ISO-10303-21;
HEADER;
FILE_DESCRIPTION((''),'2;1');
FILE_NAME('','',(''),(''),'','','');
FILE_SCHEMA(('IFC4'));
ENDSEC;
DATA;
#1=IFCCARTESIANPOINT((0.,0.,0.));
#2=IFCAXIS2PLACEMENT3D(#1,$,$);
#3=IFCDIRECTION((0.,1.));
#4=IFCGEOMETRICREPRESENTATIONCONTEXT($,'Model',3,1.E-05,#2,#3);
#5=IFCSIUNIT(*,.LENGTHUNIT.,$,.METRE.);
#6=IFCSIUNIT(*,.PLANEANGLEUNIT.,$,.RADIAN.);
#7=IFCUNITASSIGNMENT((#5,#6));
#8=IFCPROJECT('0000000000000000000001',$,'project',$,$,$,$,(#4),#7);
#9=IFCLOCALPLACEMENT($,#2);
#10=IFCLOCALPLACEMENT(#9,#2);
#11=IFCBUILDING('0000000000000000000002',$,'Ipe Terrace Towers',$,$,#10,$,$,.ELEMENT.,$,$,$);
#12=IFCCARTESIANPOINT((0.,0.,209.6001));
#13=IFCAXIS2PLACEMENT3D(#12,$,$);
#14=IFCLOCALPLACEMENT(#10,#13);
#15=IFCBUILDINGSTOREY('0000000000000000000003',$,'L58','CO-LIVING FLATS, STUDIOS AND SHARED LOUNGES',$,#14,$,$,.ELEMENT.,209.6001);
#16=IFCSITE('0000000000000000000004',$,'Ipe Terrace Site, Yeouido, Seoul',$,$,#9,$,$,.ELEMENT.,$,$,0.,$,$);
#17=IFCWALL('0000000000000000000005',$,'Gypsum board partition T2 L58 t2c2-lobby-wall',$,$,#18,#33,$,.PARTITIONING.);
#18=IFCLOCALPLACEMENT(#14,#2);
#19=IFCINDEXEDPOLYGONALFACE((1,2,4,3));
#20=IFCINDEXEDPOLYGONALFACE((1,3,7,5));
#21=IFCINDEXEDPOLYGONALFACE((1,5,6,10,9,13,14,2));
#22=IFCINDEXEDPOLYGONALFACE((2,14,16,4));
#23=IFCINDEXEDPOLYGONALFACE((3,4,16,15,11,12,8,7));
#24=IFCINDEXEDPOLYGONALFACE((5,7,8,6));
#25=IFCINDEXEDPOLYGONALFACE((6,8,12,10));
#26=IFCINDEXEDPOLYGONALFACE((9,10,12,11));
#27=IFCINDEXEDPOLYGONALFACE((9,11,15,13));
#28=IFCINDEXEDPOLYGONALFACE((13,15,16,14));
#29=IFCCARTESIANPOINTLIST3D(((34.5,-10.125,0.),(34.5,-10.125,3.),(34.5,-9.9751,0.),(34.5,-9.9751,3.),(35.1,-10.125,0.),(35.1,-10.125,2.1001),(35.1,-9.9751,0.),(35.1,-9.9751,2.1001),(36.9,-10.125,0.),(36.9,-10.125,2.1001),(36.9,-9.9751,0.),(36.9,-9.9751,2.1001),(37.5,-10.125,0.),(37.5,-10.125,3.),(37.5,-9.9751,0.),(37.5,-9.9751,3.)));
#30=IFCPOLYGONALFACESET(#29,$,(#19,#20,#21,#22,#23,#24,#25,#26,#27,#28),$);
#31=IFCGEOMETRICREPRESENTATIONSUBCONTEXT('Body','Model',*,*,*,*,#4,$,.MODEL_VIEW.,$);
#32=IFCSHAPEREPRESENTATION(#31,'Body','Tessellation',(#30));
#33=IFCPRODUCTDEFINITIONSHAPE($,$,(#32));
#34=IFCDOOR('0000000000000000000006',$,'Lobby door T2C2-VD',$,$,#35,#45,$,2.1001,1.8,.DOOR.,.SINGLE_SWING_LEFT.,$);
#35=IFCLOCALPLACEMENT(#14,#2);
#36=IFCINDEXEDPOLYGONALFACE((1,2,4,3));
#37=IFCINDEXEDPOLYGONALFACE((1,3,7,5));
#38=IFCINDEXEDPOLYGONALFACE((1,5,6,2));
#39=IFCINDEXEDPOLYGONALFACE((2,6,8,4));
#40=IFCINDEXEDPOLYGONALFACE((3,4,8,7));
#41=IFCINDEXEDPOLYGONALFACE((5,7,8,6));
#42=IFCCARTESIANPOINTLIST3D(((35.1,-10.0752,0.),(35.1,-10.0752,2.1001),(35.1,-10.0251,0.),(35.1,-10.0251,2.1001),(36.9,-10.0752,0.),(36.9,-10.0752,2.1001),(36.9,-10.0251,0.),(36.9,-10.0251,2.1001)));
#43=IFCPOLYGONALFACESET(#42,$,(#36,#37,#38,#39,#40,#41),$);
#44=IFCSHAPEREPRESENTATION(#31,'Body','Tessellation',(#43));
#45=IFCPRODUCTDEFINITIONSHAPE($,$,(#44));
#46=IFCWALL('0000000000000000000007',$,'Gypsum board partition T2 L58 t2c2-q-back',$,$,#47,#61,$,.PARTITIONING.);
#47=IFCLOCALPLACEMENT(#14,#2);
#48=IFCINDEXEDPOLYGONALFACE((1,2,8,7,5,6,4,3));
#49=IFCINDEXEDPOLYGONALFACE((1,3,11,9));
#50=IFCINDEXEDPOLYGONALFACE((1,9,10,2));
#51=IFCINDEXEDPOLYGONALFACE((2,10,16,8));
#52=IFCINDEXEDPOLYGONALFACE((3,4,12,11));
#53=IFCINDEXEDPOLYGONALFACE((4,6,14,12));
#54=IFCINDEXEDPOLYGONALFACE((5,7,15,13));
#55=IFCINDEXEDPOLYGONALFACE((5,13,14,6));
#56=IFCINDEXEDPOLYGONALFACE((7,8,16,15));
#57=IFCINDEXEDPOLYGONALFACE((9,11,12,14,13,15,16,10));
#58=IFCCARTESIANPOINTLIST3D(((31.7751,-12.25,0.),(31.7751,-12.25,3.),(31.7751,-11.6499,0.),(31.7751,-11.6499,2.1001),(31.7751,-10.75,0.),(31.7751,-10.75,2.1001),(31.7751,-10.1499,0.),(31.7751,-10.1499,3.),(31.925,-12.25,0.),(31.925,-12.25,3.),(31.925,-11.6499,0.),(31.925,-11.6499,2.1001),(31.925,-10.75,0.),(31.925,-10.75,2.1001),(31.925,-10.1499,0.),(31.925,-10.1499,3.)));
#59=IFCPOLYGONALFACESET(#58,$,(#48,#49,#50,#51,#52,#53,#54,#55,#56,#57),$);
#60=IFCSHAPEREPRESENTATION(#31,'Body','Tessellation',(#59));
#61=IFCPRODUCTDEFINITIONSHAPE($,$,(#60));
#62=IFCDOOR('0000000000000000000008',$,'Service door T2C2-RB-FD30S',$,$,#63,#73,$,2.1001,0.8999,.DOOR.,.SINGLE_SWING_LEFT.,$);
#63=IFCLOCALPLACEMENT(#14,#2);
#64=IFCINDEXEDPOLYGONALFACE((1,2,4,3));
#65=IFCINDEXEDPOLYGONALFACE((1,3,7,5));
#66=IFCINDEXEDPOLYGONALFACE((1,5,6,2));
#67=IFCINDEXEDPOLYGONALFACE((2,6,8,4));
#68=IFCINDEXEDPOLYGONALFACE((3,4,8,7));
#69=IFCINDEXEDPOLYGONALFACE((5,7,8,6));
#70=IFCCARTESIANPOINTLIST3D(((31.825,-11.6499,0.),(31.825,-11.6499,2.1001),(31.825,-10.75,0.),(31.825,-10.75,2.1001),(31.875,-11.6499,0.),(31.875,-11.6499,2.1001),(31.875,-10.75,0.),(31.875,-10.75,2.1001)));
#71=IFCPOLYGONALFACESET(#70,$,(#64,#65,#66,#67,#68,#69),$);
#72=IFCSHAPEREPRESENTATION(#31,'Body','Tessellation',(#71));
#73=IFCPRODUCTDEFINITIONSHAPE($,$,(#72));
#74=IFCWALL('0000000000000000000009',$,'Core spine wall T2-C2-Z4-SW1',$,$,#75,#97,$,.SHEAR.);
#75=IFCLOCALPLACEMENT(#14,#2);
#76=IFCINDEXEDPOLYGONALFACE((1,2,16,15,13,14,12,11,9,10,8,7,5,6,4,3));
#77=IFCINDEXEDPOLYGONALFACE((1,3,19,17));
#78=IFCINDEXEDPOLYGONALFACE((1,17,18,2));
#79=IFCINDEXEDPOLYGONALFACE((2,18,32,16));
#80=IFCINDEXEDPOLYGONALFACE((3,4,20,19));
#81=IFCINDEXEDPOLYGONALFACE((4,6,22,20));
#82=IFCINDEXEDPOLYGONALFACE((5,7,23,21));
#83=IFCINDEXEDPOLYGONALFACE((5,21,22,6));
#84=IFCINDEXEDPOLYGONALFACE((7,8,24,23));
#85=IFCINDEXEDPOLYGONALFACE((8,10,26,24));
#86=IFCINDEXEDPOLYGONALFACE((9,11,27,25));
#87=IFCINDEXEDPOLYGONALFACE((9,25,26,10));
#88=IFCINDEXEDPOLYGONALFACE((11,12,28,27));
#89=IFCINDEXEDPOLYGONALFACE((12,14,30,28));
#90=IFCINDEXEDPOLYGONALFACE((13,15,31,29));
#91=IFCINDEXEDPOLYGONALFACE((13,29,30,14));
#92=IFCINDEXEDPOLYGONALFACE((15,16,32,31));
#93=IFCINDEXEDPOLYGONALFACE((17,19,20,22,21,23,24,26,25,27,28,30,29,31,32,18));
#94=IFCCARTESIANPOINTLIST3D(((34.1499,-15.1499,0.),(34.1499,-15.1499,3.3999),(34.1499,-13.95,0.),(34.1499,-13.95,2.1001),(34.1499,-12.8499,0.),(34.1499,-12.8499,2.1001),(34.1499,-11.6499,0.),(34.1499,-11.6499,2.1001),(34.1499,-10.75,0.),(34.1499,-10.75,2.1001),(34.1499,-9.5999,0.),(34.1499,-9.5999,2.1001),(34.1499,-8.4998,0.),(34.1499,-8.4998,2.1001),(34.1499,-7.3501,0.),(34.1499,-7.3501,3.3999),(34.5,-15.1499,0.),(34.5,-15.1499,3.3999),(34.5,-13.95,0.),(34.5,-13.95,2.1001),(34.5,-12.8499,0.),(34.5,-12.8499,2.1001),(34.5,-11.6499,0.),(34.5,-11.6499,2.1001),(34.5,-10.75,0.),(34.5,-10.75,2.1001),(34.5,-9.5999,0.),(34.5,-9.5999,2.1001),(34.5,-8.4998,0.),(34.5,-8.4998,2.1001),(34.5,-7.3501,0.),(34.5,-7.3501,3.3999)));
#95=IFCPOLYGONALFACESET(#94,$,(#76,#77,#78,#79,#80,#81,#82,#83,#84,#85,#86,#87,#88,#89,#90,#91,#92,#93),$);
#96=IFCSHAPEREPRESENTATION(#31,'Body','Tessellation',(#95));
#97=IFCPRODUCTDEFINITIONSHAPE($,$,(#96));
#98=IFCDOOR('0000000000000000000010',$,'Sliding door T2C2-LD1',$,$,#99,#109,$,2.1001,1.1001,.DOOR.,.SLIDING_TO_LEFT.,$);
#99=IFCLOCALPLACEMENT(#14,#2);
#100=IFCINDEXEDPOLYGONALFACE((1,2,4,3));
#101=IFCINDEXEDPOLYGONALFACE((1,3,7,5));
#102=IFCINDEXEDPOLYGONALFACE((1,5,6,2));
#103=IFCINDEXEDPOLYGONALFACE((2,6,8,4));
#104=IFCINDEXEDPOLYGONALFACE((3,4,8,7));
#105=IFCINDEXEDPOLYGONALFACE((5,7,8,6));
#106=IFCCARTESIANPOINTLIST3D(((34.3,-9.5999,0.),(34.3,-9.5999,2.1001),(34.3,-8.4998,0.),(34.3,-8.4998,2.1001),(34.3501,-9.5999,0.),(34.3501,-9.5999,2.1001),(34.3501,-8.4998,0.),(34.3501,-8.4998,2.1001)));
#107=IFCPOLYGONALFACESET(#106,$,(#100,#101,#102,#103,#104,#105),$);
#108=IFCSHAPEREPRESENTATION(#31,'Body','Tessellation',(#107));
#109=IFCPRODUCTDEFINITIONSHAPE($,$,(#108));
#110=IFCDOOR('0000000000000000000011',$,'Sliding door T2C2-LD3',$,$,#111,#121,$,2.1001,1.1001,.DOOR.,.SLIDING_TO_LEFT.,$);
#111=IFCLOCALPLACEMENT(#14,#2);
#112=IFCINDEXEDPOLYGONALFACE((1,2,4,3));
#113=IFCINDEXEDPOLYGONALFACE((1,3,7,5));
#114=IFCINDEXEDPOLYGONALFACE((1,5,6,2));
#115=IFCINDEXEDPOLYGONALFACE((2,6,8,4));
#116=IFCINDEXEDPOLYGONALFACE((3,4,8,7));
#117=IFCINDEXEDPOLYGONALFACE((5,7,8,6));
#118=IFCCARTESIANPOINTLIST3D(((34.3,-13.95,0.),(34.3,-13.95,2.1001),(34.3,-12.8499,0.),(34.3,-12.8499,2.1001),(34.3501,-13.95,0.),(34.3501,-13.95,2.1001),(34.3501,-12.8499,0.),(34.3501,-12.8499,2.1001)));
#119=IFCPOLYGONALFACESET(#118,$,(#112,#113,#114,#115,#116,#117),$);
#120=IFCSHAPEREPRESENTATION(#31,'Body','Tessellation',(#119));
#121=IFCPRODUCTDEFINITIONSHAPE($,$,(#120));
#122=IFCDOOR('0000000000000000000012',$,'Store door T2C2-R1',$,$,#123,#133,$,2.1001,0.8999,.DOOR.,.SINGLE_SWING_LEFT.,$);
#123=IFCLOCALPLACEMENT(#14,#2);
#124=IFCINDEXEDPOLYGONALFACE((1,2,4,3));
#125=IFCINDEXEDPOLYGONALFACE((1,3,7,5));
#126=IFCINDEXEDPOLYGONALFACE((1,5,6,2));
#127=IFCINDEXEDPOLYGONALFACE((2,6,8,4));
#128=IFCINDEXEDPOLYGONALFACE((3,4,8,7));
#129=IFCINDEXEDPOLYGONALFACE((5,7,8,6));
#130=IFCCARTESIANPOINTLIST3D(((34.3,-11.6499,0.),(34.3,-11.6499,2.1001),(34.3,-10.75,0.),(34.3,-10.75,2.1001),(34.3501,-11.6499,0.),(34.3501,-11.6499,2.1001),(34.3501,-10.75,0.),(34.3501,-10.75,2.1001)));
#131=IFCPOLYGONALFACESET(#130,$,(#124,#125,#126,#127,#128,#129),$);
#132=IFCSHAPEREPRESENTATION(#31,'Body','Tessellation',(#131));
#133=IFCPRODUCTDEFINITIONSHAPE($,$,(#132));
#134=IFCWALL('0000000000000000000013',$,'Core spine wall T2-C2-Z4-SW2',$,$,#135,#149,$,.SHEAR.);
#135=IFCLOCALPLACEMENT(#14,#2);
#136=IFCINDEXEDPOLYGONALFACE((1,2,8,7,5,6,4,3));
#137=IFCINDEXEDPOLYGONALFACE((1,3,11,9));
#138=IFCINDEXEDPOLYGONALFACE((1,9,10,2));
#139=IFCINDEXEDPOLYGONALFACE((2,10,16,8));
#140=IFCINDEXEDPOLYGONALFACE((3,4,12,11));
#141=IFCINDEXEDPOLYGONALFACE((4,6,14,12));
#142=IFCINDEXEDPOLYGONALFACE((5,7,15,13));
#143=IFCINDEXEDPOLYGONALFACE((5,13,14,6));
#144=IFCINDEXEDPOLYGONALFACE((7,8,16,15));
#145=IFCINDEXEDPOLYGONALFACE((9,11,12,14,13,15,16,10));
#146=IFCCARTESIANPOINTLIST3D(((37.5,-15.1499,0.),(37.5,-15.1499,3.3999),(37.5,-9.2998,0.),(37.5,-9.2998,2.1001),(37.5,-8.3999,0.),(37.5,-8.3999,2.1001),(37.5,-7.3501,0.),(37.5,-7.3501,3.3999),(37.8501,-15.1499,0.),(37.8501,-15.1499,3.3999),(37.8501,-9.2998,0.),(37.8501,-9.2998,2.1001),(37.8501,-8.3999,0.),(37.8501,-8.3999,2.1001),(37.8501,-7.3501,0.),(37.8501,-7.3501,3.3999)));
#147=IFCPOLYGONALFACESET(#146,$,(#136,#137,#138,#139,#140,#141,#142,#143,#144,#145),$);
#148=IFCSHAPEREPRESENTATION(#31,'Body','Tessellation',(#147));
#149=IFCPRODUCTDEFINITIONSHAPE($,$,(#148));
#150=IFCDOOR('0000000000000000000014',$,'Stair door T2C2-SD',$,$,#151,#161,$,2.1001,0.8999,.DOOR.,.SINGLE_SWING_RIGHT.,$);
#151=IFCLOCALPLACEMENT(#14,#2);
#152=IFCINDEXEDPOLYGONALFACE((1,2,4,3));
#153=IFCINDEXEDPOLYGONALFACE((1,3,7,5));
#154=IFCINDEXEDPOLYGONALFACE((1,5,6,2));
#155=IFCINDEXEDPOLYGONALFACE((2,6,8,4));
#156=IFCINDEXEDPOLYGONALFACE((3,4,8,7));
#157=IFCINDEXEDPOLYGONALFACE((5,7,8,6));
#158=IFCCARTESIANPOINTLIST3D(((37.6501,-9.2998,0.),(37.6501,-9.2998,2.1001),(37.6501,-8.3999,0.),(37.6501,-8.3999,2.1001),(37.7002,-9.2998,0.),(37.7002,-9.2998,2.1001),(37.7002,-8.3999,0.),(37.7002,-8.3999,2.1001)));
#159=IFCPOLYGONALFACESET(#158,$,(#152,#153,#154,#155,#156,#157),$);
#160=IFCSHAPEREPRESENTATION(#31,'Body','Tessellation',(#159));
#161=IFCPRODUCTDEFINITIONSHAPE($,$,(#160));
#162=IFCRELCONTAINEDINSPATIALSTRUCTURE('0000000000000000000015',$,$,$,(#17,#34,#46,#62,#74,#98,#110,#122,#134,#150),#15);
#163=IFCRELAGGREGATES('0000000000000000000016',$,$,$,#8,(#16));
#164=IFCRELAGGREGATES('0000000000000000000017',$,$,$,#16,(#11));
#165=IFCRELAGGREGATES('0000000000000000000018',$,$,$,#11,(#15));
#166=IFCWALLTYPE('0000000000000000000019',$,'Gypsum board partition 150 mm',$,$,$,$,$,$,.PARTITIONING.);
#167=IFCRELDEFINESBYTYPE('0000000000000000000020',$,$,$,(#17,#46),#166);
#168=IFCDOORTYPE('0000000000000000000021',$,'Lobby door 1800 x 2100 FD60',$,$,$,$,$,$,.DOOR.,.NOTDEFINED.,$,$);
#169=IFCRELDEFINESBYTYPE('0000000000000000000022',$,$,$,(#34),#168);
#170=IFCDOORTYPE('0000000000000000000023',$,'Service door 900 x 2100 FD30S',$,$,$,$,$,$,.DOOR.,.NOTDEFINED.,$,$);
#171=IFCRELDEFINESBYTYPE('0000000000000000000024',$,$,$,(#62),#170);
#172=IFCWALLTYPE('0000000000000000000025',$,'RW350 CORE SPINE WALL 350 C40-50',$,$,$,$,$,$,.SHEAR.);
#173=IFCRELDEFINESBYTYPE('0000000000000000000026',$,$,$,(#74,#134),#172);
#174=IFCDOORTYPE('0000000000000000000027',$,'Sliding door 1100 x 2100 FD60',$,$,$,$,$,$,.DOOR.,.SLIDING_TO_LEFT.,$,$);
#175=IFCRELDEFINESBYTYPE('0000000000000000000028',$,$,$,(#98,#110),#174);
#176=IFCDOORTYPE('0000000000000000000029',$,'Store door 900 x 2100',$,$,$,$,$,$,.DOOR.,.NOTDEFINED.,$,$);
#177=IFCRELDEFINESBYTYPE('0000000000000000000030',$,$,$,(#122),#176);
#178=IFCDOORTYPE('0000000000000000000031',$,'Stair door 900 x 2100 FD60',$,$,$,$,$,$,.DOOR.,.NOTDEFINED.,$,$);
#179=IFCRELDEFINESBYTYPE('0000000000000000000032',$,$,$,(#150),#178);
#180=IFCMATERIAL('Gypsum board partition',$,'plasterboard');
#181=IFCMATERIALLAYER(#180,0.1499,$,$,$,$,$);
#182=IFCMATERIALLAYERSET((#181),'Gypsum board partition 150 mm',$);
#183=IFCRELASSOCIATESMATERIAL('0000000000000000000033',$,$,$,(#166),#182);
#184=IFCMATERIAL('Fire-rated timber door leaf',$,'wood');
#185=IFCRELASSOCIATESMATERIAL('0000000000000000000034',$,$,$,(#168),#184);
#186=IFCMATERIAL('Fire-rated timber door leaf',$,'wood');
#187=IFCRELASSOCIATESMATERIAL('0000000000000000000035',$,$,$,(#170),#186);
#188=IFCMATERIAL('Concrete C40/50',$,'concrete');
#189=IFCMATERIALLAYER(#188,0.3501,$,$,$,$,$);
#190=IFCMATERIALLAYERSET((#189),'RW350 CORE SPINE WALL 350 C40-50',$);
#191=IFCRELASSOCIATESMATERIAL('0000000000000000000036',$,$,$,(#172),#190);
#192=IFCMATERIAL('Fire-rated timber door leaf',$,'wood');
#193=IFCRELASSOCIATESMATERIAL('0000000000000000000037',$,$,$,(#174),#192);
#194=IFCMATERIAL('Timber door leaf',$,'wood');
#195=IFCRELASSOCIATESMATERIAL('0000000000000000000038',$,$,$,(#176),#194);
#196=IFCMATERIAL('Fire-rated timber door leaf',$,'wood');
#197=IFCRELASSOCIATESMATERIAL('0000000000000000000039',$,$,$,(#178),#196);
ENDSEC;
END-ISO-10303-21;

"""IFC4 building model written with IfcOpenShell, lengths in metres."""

from ifc_helpers import new_model, si_unit, direction, frame, frame_2d, origin, place, context, subcontext, project, spatial, rectangle, extrude, material, layer, layer_set, type_object, element, fill, save


model = new_model("IFC4")

# Units and contexts
model_context = context("Model", 3, precision=1e-05, world=origin(), true_north=direction((0.0, 1.0)))
body_context = subcontext(model_context, "Body", "Model", "MODEL_VIEW")
ifc_project = project(units=[si_unit("LENGTHUNIT", "METRE"), si_unit("PLANEANGLEUNIT", "RADIAN")], contexts=[model_context])

# Site, building, storey
site_placement = place(None, origin())
site = spatial("IfcSite", under=ifc_project, at=site_placement, Name="Ipe Terrace Site, Yeouido, Seoul", CompositionType="ELEMENT", RefElevation=0.0)
building_placement = place(site_placement, origin())
building = spatial("IfcBuilding", under=site, at=building_placement, Name="Ipe Terrace Towers", CompositionType="ELEMENT")
storey_placement = place(building_placement, frame((0.0, 0.0, 209.6001)))
storey = spatial("IfcBuildingStorey", under=building, at=storey_placement, Name="L58", Description="CO-LIVING FLATS, STUDIOS AND SHARED LOUNGES", CompositionType="ELEMENT", Elevation=209.6001)

# Walls, openings, doors
ifc_material_1 = material(Name="Gypsum board partition", Category="plasterboard")
ifc_layer_1 = layer(ifc_material_1, 0.1499)
ifc_layer_set_1 = layer_set([ifc_layer_1], Name="Gypsum board partition 150 mm")
wall_type_1 = type_object("IfcWallType", Name="Gypsum board partition 150 mm", PredefinedType="PARTITIONING", material=ifc_layer_set_1)
wall_1_placement = place(storey_placement, frame((34.5, -10.05, 0.0), z_axis=(0.0, 0.0, 1.0), x_axis=(1.0, 0.0, 0.0)))
wall_1 = element("IfcWall", 1, at=wall_1_placement, inside=storey, type_object=wall_type_1, Name="Gypsum board partition T2 L58 t2c2-lobby-wall", PredefinedType="PARTITIONING", context=body_context, shape_type="SweptSolid", body=[
    extrude(rectangle(XDim=3.0, YDim=0.1499, at=frame_2d((1.5, 0.0))), origin(), (0.0, 0.0, 1.0), 3.0),
])
opening_1_placement = place(wall_1_placement, frame((0.6001, 0.0, 0.0)))
opening_1 = element("IfcOpeningElement", 2, at=opening_1_placement, cuts=wall_1, PredefinedType="OPENING", context=body_context, shape_type="SweptSolid", body=[
    extrude(rectangle(XDim=1.8, YDim=2.1001, at=frame_2d((0.8999, 1.05))), frame((0.0, 0.085, 0.0), z_axis=(0.0, -1.0, 0.0), x_axis=(1.0, 0.0, 0.0)), (0.0, 0.0, 1.0), 0.1699),
])
ifc_material_2 = material(Name="Fire-rated timber door leaf", Category="wood")
door_type_1 = type_object("IfcDoorType", Name="Lobby door 1800 x 2100 FD60", OperationType="NOTDEFINED", PredefinedType="DOOR", material=ifc_material_2)
door_1_placement = place(opening_1_placement, origin())
door_1 = element("IfcDoor", 3, at=door_1_placement, inside=storey, type_object=door_type_1, Name="Lobby door T2C2-VD", OperationType="SINGLE_SWING_LEFT", OverallHeight=2.1001, OverallWidth=1.8, PredefinedType="DOOR", context=body_context, shape_type="SweptSolid", body=[
    extrude(rectangle(XDim=1.8, YDim=2.1001, at=frame_2d((0.8999, 1.05))), frame((0.0, 0.0249, 0.0), z_axis=(0.0, -1.0, 0.0), x_axis=(1.0, 0.0, 0.0)), (0.0, 0.0, 1.0), 0.05),
])
fill(opening_1, door_1)
wall_2_placement = place(storey_placement, frame((31.8501, -10.1499, 0.0), z_axis=(0.0, 0.0, 1.0), x_axis=(0.0, -1.0, 0.0)))
wall_2 = element("IfcWall", 4, at=wall_2_placement, inside=storey, type_object=wall_type_1, Name="Gypsum board partition T2 L58 t2c2-q-back", PredefinedType="PARTITIONING", context=body_context, shape_type="SweptSolid", body=[
    extrude(rectangle(XDim=2.1001, YDim=0.1499, at=frame_2d((1.05, 0.0))), origin(), (0.0, 0.0, 1.0), 3.0),
])
opening_2_placement = place(wall_2_placement, frame((0.6001, 0.0, 0.0)))
opening_2 = element("IfcOpeningElement", 5, at=opening_2_placement, cuts=wall_2, PredefinedType="OPENING", context=body_context, shape_type="SweptSolid", body=[
    extrude(rectangle(XDim=0.8999, YDim=2.1001, at=frame_2d((0.45, 1.05))), frame((0.0, 0.085, 0.0), z_axis=(0.0, -1.0, 0.0), x_axis=(1.0, 0.0, 0.0)), (0.0, 0.0, 1.0), 0.1699),
])
ifc_material_3 = material(Name="Fire-rated timber door leaf", Category="wood")
door_type_2 = type_object("IfcDoorType", Name="Service door 900 x 2100 FD30S", OperationType="NOTDEFINED", PredefinedType="DOOR", material=ifc_material_3)
door_2_placement = place(opening_2_placement, origin())
door_2 = element("IfcDoor", 6, at=door_2_placement, inside=storey, type_object=door_type_2, Name="Service door T2C2-RB-FD30S", OperationType="SINGLE_SWING_LEFT", OverallHeight=2.1001, OverallWidth=0.8999, PredefinedType="DOOR", context=body_context, shape_type="SweptSolid", body=[
    extrude(rectangle(XDim=0.8999, YDim=2.1001, at=frame_2d((0.45, 1.05))), frame((0.0, 0.0249, 0.0), z_axis=(0.0, -1.0, 0.0), x_axis=(1.0, 0.0, 0.0)), (0.0, 0.0, 1.0), 0.05),
])
fill(opening_2, door_2)

# Wall, openings, doors
ifc_material_4 = material(Name="Concrete C40/50", Category="concrete")
ifc_layer_2 = layer(ifc_material_4, 0.3501)
ifc_layer_set_2 = layer_set([ifc_layer_2], Name="RW350 CORE SPINE WALL 350 C40-50")
wall_type_2 = type_object("IfcWallType", Name="RW350 CORE SPINE WALL 350 C40-50", PredefinedType="SHEAR", material=ifc_layer_set_2)
wall_3_placement = place(storey_placement, frame((34.325, -15.1499, 0.0), z_axis=(0.0, 0.0, 1.0), x_axis=(0.0, 1.0, 0.0)))
wall_3 = element("IfcWall", 7, at=wall_3_placement, inside=storey, type_object=wall_type_2, Name="Core spine wall T2-C2-Z4-SW1", PredefinedType="SHEAR", context=body_context, shape_type="SweptSolid", body=[
    extrude(rectangle(XDim=7.7998, YDim=0.3501, at=frame_2d((3.8999, 0.0))), origin(), (0.0, 0.0, 1.0), 3.3999),
])
opening_3_placement = place(wall_3_placement, frame((5.55, 0.0, 0.0)))
opening_3 = element("IfcOpeningElement", 8, at=opening_3_placement, cuts=wall_3, PredefinedType="OPENING", context=body_context, shape_type="SweptSolid", body=[
    extrude(rectangle(XDim=1.1001, YDim=2.1001, at=frame_2d((0.55, 1.05))), frame((0.0, 0.1851, 0.0), z_axis=(0.0, -1.0, 0.0), x_axis=(1.0, 0.0, 0.0)), (0.0, 0.0, 1.0), 0.3701),
])
opening_4_placement = place(wall_3_placement, frame((1.2, 0.0, 0.0)))
opening_4 = element("IfcOpeningElement", 9, at=opening_4_placement, cuts=wall_3, PredefinedType="OPENING", context=body_context, shape_type="SweptSolid", body=[
    extrude(rectangle(XDim=1.1001, YDim=2.1001, at=frame_2d((0.55, 1.05))), frame((0.0, 0.1851, 0.0), z_axis=(0.0, -1.0, 0.0), x_axis=(1.0, 0.0, 0.0)), (0.0, 0.0, 1.0), 0.3701),
])
opening_5_placement = place(wall_3_placement, frame((3.5, 0.0, 0.0)))
opening_5 = element("IfcOpeningElement", 10, at=opening_5_placement, cuts=wall_3, PredefinedType="OPENING", context=body_context, shape_type="SweptSolid", body=[
    extrude(rectangle(XDim=0.8999, YDim=2.1001, at=frame_2d((0.45, 1.05))), frame((0.0, 0.1851, 0.0), z_axis=(0.0, -1.0, 0.0), x_axis=(1.0, 0.0, 0.0)), (0.0, 0.0, 1.0), 0.3701),
])
ifc_material_5 = material(Name="Fire-rated timber door leaf", Category="wood")
door_type_3 = type_object("IfcDoorType", Name="Sliding door 1100 x 2100 FD60", OperationType="SLIDING_TO_LEFT", PredefinedType="DOOR", material=ifc_material_5)
door_3_placement = place(opening_3_placement, origin())
door_3 = element("IfcDoor", 11, at=door_3_placement, inside=storey, type_object=door_type_3, Name="Sliding door T2C2-LD1", OperationType="SLIDING_TO_LEFT", OverallHeight=2.1001, OverallWidth=1.1001, PredefinedType="DOOR", context=body_context, shape_type="SweptSolid", body=[
    extrude(rectangle(XDim=1.1001, YDim=2.1001, at=frame_2d((0.55, 1.05))), frame((0.0, 0.0249, 0.0), z_axis=(0.0, -1.0, 0.0), x_axis=(1.0, 0.0, 0.0)), (0.0, 0.0, 1.0), 0.05),
])
fill(opening_3, door_3)
door_4_placement = place(opening_4_placement, origin())
door_4 = element("IfcDoor", 12, at=door_4_placement, inside=storey, type_object=door_type_3, Name="Sliding door T2C2-LD3", OperationType="SLIDING_TO_LEFT", OverallHeight=2.1001, OverallWidth=1.1001, PredefinedType="DOOR", context=body_context, shape_type="SweptSolid", body=[
    extrude(rectangle(XDim=1.1001, YDim=2.1001, at=frame_2d((0.55, 1.05))), frame((0.0, 0.0249, 0.0), z_axis=(0.0, -1.0, 0.0), x_axis=(1.0, 0.0, 0.0)), (0.0, 0.0, 1.0), 0.05),
])
fill(opening_4, door_4)
ifc_material_6 = material(Name="Timber door leaf", Category="wood")
door_type_4 = type_object("IfcDoorType", Name="Store door 900 x 2100", OperationType="NOTDEFINED", PredefinedType="DOOR", material=ifc_material_6)
door_5_placement = place(opening_5_placement, origin())
door_5 = element("IfcDoor", 13, at=door_5_placement, inside=storey, type_object=door_type_4, Name="Store door T2C2-R1", OperationType="SINGLE_SWING_LEFT", OverallHeight=2.1001, OverallWidth=0.8999, PredefinedType="DOOR", context=body_context, shape_type="SweptSolid", body=[
    extrude(rectangle(XDim=0.8999, YDim=2.1001, at=frame_2d((0.45, 1.05))), frame((0.0, 0.0249, 0.0), z_axis=(0.0, -1.0, 0.0), x_axis=(1.0, 0.0, 0.0)), (0.0, 0.0, 1.0), 0.05),
])
fill(opening_5, door_5)

# Wall, opening, door
wall_4_placement = place(storey_placement, frame((37.675, -15.1499, 0.0), z_axis=(0.0, 0.0, 1.0), x_axis=(0.0, 1.0, 0.0)))
wall_4 = element("IfcWall", 14, at=wall_4_placement, inside=storey, type_object=wall_type_2, Name="Core spine wall T2-C2-Z4-SW2", PredefinedType="SHEAR", context=body_context, shape_type="SweptSolid", body=[
    extrude(rectangle(XDim=7.7998, YDim=0.3501, at=frame_2d((3.8999, 0.0))), origin(), (0.0, 0.0, 1.0), 3.3999),
])
opening_6_placement = place(wall_4_placement, frame((5.8501, 0.0, 0.0)))
opening_6 = element("IfcOpeningElement", 15, at=opening_6_placement, cuts=wall_4, PredefinedType="OPENING", context=body_context, shape_type="SweptSolid", body=[
    extrude(rectangle(XDim=0.8999, YDim=2.1001, at=frame_2d((0.45, 1.05))), frame((0.0, 0.1851, 0.0), z_axis=(0.0, -1.0, 0.0), x_axis=(1.0, 0.0, 0.0)), (0.0, 0.0, 1.0), 0.3701),
])
ifc_material_7 = material(Name="Fire-rated timber door leaf", Category="wood")
door_type_5 = type_object("IfcDoorType", Name="Stair door 900 x 2100 FD60", OperationType="NOTDEFINED", PredefinedType="DOOR", material=ifc_material_7)
door_6_placement = place(opening_6_placement, origin())
door_6 = element("IfcDoor", 16, at=door_6_placement, inside=storey, type_object=door_type_5, Name="Stair door T2C2-SD", OperationType="SINGLE_SWING_RIGHT", OverallHeight=2.1001, OverallWidth=0.8999, PredefinedType="DOOR", context=body_context, shape_type="SweptSolid", body=[
    extrude(rectangle(XDim=0.8999, YDim=2.1001, at=frame_2d((0.45, 1.05))), frame((0.0, 0.0249, 0.0), z_axis=(0.0, -1.0, 0.0), x_axis=(1.0, 0.0, 0.0)), (0.0, 0.0, 1.0), 0.05),
])
fill(opening_6, door_6)

save(model, "model.ifc")
